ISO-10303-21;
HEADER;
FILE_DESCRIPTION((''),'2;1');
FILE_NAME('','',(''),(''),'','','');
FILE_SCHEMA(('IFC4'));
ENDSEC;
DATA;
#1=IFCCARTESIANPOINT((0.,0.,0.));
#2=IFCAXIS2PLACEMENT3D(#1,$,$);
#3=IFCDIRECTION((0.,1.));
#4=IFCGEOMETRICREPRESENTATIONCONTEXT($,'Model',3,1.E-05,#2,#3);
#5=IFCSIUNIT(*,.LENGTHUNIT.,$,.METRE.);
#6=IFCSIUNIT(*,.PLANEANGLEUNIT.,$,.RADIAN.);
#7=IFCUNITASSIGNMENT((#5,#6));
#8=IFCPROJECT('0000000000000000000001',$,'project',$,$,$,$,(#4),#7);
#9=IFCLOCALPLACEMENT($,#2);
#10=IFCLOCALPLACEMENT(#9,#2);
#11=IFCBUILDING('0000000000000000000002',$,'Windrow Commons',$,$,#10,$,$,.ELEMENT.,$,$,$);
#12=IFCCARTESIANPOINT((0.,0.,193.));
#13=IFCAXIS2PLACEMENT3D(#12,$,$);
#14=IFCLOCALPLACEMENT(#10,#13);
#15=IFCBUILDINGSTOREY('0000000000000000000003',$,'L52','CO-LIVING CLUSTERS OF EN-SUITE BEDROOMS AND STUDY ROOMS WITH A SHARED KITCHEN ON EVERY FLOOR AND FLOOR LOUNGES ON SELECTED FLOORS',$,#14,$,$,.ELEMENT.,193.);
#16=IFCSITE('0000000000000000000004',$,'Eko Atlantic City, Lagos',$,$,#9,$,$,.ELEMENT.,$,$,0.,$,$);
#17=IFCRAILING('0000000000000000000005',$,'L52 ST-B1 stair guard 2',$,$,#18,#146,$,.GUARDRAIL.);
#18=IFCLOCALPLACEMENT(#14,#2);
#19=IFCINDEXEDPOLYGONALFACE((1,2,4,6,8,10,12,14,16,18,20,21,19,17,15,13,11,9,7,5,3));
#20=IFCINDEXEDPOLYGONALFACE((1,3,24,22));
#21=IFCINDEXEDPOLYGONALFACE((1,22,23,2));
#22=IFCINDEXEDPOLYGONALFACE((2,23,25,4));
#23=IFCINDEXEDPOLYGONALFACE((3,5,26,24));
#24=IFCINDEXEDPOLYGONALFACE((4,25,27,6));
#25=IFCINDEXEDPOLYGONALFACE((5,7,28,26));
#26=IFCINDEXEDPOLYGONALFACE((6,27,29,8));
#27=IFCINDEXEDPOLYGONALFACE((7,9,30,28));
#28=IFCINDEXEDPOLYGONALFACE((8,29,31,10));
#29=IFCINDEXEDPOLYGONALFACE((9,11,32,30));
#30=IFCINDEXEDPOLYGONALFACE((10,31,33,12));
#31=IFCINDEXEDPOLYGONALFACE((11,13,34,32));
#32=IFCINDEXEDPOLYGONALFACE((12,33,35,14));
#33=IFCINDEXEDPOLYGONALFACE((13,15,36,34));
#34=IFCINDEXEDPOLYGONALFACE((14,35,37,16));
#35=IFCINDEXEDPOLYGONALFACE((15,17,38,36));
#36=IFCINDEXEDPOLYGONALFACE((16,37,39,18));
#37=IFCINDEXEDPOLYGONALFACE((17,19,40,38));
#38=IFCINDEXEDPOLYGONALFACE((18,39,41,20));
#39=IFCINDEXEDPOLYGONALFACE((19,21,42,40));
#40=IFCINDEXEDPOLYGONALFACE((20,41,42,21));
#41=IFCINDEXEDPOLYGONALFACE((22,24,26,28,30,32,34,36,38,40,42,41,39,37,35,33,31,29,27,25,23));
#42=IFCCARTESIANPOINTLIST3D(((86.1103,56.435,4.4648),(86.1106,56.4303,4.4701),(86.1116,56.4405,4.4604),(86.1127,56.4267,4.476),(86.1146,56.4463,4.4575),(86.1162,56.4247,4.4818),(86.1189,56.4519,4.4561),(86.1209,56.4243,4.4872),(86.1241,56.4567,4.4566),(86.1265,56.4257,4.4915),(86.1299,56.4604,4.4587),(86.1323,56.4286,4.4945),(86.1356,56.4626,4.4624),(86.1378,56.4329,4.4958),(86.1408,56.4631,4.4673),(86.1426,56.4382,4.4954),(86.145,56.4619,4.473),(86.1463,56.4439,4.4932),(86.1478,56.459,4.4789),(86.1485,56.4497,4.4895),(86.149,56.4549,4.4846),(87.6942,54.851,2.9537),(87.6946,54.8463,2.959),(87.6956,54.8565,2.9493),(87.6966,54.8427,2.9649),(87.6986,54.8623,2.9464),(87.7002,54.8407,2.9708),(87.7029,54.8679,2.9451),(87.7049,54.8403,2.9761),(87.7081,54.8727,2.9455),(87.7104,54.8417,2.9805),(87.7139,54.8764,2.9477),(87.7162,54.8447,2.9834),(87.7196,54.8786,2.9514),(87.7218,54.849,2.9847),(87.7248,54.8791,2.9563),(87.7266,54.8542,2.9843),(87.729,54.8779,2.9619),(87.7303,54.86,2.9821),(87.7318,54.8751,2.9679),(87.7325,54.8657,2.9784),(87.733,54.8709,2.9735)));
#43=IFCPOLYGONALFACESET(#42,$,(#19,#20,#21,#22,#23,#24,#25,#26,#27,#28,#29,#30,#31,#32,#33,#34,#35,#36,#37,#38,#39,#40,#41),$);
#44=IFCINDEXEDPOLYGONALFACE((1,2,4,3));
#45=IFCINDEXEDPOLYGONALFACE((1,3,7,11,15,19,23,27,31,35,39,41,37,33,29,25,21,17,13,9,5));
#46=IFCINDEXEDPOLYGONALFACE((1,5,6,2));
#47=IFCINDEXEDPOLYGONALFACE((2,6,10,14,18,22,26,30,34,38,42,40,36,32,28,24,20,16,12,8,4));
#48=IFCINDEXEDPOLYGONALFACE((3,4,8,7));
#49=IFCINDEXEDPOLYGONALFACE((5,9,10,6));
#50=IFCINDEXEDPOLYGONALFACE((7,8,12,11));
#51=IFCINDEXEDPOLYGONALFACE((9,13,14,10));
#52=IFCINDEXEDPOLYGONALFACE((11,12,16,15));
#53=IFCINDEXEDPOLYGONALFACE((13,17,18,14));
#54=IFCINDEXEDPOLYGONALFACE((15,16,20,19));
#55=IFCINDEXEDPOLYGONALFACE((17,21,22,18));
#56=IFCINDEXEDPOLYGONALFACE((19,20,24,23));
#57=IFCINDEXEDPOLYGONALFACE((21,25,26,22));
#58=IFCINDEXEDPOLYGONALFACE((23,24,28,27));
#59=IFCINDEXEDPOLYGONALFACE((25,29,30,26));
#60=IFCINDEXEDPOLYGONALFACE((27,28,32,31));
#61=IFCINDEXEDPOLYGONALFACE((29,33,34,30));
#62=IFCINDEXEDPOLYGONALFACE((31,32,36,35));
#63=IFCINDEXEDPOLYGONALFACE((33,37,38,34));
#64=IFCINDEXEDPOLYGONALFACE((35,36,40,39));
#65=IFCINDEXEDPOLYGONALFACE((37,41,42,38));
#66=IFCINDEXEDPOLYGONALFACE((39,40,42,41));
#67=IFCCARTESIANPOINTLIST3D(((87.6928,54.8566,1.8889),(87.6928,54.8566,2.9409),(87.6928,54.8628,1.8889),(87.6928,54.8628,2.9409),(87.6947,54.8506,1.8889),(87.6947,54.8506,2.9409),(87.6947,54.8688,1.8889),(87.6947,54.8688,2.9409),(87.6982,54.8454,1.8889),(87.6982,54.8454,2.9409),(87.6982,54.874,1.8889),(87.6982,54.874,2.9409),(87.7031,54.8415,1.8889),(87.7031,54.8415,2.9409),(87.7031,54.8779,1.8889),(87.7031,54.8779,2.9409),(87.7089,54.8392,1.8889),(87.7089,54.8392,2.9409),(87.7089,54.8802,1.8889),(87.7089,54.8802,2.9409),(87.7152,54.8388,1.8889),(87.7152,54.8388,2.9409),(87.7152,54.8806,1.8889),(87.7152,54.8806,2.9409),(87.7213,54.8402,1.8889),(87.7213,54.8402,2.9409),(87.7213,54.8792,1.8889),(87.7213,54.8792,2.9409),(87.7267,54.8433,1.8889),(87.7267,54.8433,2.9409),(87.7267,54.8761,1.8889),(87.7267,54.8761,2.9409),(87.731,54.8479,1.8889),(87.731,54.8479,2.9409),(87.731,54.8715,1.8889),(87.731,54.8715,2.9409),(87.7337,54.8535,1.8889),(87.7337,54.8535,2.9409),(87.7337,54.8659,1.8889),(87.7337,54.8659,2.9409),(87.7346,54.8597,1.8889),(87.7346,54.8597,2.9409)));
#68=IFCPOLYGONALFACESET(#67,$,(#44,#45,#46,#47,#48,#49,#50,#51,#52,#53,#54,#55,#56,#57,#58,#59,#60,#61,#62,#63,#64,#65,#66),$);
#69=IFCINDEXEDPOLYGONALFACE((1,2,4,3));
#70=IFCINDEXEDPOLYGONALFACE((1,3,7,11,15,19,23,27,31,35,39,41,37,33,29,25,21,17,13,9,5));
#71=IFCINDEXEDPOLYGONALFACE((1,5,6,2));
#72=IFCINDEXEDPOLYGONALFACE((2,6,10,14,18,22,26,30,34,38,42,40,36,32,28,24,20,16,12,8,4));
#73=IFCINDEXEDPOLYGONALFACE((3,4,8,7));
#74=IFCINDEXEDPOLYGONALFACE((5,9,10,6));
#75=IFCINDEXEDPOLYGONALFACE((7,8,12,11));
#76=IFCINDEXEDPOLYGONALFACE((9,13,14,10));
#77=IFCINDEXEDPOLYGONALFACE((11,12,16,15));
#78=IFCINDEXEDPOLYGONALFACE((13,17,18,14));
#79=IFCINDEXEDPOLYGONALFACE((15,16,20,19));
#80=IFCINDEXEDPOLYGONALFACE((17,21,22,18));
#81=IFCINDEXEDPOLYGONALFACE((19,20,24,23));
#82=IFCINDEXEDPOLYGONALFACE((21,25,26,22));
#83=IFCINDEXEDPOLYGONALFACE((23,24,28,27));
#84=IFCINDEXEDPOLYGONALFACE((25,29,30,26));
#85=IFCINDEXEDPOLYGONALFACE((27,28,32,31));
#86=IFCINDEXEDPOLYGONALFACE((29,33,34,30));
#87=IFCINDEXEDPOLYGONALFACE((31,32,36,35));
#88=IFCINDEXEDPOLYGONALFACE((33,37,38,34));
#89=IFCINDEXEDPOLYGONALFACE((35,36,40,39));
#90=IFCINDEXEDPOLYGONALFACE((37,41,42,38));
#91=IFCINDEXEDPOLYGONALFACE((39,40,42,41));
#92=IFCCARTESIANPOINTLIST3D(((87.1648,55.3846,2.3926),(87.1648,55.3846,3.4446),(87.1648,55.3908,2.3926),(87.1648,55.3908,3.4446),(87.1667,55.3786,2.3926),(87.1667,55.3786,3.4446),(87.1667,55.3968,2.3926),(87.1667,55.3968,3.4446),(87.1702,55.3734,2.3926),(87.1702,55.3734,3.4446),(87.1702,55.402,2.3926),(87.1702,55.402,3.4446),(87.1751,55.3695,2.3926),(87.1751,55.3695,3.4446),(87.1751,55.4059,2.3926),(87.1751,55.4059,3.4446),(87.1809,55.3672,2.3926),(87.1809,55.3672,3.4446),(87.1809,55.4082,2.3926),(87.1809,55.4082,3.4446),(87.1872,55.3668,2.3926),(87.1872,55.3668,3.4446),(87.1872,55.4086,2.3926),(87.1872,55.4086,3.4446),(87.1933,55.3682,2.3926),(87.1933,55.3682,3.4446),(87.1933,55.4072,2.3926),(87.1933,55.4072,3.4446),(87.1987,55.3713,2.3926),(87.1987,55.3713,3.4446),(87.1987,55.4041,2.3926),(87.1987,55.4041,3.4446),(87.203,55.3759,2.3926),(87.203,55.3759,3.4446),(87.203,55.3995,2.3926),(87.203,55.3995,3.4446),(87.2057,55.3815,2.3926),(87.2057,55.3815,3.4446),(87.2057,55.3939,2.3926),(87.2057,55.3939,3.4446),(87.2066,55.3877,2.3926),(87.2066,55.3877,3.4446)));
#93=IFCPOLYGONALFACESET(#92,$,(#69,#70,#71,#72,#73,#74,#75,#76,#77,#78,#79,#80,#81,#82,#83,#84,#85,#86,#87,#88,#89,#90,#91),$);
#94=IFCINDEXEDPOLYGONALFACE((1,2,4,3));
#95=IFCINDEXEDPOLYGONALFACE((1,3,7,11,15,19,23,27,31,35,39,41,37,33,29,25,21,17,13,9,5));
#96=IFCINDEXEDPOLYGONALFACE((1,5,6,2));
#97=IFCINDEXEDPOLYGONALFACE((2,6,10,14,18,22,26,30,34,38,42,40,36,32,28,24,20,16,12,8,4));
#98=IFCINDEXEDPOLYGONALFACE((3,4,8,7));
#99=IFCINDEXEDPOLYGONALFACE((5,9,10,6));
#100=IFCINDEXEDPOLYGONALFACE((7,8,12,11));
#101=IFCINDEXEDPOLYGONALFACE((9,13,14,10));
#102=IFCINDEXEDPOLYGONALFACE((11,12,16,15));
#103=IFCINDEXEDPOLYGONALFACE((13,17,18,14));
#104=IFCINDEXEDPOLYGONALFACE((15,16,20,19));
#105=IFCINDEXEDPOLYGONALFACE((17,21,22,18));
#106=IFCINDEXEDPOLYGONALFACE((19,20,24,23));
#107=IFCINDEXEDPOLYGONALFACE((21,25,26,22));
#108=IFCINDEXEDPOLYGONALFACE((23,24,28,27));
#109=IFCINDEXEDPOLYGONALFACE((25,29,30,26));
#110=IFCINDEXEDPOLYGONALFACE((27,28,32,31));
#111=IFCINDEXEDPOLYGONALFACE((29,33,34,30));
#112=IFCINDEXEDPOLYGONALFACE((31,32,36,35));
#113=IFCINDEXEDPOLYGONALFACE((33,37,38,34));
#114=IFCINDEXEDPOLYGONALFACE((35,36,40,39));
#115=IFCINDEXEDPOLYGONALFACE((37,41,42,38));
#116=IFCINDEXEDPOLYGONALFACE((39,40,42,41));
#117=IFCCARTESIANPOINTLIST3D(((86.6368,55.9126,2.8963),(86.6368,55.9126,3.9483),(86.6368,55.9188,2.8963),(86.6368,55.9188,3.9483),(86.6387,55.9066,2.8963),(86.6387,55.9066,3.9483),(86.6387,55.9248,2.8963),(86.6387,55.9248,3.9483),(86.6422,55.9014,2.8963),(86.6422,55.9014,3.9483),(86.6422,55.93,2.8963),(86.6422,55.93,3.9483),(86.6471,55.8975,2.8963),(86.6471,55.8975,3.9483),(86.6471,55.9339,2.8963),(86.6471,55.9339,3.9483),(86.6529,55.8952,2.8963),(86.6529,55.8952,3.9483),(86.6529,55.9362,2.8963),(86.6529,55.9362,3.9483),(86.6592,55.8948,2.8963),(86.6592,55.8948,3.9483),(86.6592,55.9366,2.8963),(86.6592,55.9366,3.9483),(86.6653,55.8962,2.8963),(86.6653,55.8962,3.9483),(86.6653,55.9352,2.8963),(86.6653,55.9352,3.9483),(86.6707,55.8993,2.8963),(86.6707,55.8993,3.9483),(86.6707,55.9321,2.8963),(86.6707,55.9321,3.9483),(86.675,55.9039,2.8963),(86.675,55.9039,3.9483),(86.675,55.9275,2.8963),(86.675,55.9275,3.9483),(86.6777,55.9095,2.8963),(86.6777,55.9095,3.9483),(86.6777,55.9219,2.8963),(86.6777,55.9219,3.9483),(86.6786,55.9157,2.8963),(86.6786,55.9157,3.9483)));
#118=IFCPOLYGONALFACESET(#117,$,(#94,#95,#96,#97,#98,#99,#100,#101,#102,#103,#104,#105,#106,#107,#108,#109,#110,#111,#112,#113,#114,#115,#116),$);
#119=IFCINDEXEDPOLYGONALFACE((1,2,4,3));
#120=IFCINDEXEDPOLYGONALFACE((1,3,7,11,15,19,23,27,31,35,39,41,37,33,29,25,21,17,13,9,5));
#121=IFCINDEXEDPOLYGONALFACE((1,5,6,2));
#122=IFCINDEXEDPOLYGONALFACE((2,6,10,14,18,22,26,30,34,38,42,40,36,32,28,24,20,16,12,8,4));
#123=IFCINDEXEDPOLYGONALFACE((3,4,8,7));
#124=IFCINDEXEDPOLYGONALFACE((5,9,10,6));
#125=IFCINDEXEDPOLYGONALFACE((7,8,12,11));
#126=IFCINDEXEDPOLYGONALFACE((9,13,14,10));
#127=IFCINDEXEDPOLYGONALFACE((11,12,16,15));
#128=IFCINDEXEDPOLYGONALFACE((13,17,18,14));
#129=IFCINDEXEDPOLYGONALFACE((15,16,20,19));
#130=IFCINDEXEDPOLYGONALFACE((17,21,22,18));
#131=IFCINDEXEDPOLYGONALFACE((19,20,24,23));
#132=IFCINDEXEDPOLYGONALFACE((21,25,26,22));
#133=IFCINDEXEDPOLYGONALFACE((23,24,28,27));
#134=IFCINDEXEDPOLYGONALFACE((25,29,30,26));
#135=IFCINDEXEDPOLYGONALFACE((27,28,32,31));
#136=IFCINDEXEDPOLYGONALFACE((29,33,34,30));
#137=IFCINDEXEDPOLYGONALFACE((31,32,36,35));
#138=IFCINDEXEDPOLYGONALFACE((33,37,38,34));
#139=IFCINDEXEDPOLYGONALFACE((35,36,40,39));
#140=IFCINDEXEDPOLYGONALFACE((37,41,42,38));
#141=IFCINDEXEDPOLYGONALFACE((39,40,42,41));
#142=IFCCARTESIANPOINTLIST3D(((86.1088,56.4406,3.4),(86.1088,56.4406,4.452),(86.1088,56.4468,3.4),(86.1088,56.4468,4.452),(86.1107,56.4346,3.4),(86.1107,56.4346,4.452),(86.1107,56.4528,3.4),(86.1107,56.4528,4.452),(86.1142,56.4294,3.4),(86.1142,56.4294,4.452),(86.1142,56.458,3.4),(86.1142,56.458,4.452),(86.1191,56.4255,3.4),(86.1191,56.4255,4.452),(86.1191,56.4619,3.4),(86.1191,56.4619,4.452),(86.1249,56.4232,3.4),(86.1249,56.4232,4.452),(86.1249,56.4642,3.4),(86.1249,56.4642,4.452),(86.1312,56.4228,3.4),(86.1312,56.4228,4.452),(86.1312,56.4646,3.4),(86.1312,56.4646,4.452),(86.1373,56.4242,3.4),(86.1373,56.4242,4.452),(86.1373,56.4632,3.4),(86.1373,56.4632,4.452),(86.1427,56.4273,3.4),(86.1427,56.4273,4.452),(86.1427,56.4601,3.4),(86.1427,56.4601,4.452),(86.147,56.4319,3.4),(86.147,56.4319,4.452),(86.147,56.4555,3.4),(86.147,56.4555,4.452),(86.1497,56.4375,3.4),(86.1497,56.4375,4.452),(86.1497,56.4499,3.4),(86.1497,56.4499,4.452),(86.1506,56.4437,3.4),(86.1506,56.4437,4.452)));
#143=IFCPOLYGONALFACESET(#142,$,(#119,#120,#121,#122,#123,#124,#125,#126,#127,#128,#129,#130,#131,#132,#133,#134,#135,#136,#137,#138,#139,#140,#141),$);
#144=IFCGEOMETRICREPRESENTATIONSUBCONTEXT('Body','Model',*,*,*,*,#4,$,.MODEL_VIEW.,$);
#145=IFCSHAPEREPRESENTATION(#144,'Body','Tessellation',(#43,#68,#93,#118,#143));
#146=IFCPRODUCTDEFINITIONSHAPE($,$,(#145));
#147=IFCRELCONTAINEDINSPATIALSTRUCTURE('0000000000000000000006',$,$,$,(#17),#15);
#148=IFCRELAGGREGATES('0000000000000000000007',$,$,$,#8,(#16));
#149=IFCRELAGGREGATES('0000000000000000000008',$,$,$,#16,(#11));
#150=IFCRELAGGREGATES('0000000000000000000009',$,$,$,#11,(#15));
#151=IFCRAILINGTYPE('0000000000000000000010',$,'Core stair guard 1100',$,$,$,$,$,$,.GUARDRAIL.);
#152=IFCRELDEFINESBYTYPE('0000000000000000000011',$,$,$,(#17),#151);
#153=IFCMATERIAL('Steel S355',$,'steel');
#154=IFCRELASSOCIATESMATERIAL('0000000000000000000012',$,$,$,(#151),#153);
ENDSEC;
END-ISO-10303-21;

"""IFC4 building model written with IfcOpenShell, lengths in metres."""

from ifc_helpers import new_model, si_unit, direction, frame, origin, origin_2d, place, context, subcontext, project, spatial, circle, extrude, material, type_object, element, save


model = new_model("IFC4")

# Units and contexts
model_context = context("Model", 3, precision=1e-05, world=origin(), true_north=direction((0.0, 1.0)))
body_context = subcontext(model_context, "Body", "Model", "MODEL_VIEW")
ifc_project = project(units=[si_unit("LENGTHUNIT", "METRE"), si_unit("PLANEANGLEUNIT", "RADIAN")], contexts=[model_context])

# Site, building, storey
site_placement = place(None, origin())
site = spatial("IfcSite", under=ifc_project, at=site_placement, Name="Eko Atlantic City, Lagos", CompositionType="ELEMENT", RefElevation=0.0)
building_placement = place(site_placement, origin())
building = spatial("IfcBuilding", under=site, at=building_placement, Name="Windrow Commons", CompositionType="ELEMENT")
storey_placement = place(building_placement, frame((0.0, 0.0, 193.0)))
storey = spatial("IfcBuildingStorey", under=building, at=storey_placement, Name="L52", Description="CO-LIVING CLUSTERS OF EN-SUITE BEDROOMS AND STUDY ROOMS WITH A SHARED KITCHEN ON EVERY FLOOR AND FLOOR LOUNGES ON SELECTED FLOORS", CompositionType="ELEMENT", Elevation=193.0)

# Railing
ifc_material_1 = material(Name="Steel S355", Category="steel")
railing_type_1 = type_object("IfcRailingType", Name="Core stair guard 1100", PredefinedType="GUARDRAIL", material=ifc_material_1)
railing_1_placement = place(storey_placement, frame((87.7136, 54.8597, 1.8889)))
element("IfcRailing", 1, at=railing_1_placement, inside=storey, type_object=railing_type_1, Name="L52 ST-B1 stair guard 2", PredefinedType="GUARDRAIL", context=body_context, shape_type="SweptSolid", body=[
    extrude(circle(Radius=0.024, at=origin_2d()), frame((0.0, 0.0, 1.076), z_axis=(-0.586203, 0.586203, 0.559224), x_axis=(-0.707107, -0.707107, 0.0)), (0.0, 0.0, 1.0), 2.7021),
    extrude(circle(Radius=0.021, at=origin_2d()), origin(), (0.0, 0.0, 1.0), 1.052),
    extrude(circle(Radius=0.021, at=origin_2d()), frame((-0.528, 0.528, 0.5037)), (0.0, 0.0, 1.0), 1.052),
    extrude(circle(Radius=0.021, at=origin_2d()), frame((-1.056, 1.056, 1.0074)), (0.0, 0.0, 1.0), 1.052),
    extrude(circle(Radius=0.021, at=origin_2d()), frame((-1.584, 1.584, 1.5111)), (0.0, 0.0, 1.0), 1.052),
])

save(model, "model.ifc")
